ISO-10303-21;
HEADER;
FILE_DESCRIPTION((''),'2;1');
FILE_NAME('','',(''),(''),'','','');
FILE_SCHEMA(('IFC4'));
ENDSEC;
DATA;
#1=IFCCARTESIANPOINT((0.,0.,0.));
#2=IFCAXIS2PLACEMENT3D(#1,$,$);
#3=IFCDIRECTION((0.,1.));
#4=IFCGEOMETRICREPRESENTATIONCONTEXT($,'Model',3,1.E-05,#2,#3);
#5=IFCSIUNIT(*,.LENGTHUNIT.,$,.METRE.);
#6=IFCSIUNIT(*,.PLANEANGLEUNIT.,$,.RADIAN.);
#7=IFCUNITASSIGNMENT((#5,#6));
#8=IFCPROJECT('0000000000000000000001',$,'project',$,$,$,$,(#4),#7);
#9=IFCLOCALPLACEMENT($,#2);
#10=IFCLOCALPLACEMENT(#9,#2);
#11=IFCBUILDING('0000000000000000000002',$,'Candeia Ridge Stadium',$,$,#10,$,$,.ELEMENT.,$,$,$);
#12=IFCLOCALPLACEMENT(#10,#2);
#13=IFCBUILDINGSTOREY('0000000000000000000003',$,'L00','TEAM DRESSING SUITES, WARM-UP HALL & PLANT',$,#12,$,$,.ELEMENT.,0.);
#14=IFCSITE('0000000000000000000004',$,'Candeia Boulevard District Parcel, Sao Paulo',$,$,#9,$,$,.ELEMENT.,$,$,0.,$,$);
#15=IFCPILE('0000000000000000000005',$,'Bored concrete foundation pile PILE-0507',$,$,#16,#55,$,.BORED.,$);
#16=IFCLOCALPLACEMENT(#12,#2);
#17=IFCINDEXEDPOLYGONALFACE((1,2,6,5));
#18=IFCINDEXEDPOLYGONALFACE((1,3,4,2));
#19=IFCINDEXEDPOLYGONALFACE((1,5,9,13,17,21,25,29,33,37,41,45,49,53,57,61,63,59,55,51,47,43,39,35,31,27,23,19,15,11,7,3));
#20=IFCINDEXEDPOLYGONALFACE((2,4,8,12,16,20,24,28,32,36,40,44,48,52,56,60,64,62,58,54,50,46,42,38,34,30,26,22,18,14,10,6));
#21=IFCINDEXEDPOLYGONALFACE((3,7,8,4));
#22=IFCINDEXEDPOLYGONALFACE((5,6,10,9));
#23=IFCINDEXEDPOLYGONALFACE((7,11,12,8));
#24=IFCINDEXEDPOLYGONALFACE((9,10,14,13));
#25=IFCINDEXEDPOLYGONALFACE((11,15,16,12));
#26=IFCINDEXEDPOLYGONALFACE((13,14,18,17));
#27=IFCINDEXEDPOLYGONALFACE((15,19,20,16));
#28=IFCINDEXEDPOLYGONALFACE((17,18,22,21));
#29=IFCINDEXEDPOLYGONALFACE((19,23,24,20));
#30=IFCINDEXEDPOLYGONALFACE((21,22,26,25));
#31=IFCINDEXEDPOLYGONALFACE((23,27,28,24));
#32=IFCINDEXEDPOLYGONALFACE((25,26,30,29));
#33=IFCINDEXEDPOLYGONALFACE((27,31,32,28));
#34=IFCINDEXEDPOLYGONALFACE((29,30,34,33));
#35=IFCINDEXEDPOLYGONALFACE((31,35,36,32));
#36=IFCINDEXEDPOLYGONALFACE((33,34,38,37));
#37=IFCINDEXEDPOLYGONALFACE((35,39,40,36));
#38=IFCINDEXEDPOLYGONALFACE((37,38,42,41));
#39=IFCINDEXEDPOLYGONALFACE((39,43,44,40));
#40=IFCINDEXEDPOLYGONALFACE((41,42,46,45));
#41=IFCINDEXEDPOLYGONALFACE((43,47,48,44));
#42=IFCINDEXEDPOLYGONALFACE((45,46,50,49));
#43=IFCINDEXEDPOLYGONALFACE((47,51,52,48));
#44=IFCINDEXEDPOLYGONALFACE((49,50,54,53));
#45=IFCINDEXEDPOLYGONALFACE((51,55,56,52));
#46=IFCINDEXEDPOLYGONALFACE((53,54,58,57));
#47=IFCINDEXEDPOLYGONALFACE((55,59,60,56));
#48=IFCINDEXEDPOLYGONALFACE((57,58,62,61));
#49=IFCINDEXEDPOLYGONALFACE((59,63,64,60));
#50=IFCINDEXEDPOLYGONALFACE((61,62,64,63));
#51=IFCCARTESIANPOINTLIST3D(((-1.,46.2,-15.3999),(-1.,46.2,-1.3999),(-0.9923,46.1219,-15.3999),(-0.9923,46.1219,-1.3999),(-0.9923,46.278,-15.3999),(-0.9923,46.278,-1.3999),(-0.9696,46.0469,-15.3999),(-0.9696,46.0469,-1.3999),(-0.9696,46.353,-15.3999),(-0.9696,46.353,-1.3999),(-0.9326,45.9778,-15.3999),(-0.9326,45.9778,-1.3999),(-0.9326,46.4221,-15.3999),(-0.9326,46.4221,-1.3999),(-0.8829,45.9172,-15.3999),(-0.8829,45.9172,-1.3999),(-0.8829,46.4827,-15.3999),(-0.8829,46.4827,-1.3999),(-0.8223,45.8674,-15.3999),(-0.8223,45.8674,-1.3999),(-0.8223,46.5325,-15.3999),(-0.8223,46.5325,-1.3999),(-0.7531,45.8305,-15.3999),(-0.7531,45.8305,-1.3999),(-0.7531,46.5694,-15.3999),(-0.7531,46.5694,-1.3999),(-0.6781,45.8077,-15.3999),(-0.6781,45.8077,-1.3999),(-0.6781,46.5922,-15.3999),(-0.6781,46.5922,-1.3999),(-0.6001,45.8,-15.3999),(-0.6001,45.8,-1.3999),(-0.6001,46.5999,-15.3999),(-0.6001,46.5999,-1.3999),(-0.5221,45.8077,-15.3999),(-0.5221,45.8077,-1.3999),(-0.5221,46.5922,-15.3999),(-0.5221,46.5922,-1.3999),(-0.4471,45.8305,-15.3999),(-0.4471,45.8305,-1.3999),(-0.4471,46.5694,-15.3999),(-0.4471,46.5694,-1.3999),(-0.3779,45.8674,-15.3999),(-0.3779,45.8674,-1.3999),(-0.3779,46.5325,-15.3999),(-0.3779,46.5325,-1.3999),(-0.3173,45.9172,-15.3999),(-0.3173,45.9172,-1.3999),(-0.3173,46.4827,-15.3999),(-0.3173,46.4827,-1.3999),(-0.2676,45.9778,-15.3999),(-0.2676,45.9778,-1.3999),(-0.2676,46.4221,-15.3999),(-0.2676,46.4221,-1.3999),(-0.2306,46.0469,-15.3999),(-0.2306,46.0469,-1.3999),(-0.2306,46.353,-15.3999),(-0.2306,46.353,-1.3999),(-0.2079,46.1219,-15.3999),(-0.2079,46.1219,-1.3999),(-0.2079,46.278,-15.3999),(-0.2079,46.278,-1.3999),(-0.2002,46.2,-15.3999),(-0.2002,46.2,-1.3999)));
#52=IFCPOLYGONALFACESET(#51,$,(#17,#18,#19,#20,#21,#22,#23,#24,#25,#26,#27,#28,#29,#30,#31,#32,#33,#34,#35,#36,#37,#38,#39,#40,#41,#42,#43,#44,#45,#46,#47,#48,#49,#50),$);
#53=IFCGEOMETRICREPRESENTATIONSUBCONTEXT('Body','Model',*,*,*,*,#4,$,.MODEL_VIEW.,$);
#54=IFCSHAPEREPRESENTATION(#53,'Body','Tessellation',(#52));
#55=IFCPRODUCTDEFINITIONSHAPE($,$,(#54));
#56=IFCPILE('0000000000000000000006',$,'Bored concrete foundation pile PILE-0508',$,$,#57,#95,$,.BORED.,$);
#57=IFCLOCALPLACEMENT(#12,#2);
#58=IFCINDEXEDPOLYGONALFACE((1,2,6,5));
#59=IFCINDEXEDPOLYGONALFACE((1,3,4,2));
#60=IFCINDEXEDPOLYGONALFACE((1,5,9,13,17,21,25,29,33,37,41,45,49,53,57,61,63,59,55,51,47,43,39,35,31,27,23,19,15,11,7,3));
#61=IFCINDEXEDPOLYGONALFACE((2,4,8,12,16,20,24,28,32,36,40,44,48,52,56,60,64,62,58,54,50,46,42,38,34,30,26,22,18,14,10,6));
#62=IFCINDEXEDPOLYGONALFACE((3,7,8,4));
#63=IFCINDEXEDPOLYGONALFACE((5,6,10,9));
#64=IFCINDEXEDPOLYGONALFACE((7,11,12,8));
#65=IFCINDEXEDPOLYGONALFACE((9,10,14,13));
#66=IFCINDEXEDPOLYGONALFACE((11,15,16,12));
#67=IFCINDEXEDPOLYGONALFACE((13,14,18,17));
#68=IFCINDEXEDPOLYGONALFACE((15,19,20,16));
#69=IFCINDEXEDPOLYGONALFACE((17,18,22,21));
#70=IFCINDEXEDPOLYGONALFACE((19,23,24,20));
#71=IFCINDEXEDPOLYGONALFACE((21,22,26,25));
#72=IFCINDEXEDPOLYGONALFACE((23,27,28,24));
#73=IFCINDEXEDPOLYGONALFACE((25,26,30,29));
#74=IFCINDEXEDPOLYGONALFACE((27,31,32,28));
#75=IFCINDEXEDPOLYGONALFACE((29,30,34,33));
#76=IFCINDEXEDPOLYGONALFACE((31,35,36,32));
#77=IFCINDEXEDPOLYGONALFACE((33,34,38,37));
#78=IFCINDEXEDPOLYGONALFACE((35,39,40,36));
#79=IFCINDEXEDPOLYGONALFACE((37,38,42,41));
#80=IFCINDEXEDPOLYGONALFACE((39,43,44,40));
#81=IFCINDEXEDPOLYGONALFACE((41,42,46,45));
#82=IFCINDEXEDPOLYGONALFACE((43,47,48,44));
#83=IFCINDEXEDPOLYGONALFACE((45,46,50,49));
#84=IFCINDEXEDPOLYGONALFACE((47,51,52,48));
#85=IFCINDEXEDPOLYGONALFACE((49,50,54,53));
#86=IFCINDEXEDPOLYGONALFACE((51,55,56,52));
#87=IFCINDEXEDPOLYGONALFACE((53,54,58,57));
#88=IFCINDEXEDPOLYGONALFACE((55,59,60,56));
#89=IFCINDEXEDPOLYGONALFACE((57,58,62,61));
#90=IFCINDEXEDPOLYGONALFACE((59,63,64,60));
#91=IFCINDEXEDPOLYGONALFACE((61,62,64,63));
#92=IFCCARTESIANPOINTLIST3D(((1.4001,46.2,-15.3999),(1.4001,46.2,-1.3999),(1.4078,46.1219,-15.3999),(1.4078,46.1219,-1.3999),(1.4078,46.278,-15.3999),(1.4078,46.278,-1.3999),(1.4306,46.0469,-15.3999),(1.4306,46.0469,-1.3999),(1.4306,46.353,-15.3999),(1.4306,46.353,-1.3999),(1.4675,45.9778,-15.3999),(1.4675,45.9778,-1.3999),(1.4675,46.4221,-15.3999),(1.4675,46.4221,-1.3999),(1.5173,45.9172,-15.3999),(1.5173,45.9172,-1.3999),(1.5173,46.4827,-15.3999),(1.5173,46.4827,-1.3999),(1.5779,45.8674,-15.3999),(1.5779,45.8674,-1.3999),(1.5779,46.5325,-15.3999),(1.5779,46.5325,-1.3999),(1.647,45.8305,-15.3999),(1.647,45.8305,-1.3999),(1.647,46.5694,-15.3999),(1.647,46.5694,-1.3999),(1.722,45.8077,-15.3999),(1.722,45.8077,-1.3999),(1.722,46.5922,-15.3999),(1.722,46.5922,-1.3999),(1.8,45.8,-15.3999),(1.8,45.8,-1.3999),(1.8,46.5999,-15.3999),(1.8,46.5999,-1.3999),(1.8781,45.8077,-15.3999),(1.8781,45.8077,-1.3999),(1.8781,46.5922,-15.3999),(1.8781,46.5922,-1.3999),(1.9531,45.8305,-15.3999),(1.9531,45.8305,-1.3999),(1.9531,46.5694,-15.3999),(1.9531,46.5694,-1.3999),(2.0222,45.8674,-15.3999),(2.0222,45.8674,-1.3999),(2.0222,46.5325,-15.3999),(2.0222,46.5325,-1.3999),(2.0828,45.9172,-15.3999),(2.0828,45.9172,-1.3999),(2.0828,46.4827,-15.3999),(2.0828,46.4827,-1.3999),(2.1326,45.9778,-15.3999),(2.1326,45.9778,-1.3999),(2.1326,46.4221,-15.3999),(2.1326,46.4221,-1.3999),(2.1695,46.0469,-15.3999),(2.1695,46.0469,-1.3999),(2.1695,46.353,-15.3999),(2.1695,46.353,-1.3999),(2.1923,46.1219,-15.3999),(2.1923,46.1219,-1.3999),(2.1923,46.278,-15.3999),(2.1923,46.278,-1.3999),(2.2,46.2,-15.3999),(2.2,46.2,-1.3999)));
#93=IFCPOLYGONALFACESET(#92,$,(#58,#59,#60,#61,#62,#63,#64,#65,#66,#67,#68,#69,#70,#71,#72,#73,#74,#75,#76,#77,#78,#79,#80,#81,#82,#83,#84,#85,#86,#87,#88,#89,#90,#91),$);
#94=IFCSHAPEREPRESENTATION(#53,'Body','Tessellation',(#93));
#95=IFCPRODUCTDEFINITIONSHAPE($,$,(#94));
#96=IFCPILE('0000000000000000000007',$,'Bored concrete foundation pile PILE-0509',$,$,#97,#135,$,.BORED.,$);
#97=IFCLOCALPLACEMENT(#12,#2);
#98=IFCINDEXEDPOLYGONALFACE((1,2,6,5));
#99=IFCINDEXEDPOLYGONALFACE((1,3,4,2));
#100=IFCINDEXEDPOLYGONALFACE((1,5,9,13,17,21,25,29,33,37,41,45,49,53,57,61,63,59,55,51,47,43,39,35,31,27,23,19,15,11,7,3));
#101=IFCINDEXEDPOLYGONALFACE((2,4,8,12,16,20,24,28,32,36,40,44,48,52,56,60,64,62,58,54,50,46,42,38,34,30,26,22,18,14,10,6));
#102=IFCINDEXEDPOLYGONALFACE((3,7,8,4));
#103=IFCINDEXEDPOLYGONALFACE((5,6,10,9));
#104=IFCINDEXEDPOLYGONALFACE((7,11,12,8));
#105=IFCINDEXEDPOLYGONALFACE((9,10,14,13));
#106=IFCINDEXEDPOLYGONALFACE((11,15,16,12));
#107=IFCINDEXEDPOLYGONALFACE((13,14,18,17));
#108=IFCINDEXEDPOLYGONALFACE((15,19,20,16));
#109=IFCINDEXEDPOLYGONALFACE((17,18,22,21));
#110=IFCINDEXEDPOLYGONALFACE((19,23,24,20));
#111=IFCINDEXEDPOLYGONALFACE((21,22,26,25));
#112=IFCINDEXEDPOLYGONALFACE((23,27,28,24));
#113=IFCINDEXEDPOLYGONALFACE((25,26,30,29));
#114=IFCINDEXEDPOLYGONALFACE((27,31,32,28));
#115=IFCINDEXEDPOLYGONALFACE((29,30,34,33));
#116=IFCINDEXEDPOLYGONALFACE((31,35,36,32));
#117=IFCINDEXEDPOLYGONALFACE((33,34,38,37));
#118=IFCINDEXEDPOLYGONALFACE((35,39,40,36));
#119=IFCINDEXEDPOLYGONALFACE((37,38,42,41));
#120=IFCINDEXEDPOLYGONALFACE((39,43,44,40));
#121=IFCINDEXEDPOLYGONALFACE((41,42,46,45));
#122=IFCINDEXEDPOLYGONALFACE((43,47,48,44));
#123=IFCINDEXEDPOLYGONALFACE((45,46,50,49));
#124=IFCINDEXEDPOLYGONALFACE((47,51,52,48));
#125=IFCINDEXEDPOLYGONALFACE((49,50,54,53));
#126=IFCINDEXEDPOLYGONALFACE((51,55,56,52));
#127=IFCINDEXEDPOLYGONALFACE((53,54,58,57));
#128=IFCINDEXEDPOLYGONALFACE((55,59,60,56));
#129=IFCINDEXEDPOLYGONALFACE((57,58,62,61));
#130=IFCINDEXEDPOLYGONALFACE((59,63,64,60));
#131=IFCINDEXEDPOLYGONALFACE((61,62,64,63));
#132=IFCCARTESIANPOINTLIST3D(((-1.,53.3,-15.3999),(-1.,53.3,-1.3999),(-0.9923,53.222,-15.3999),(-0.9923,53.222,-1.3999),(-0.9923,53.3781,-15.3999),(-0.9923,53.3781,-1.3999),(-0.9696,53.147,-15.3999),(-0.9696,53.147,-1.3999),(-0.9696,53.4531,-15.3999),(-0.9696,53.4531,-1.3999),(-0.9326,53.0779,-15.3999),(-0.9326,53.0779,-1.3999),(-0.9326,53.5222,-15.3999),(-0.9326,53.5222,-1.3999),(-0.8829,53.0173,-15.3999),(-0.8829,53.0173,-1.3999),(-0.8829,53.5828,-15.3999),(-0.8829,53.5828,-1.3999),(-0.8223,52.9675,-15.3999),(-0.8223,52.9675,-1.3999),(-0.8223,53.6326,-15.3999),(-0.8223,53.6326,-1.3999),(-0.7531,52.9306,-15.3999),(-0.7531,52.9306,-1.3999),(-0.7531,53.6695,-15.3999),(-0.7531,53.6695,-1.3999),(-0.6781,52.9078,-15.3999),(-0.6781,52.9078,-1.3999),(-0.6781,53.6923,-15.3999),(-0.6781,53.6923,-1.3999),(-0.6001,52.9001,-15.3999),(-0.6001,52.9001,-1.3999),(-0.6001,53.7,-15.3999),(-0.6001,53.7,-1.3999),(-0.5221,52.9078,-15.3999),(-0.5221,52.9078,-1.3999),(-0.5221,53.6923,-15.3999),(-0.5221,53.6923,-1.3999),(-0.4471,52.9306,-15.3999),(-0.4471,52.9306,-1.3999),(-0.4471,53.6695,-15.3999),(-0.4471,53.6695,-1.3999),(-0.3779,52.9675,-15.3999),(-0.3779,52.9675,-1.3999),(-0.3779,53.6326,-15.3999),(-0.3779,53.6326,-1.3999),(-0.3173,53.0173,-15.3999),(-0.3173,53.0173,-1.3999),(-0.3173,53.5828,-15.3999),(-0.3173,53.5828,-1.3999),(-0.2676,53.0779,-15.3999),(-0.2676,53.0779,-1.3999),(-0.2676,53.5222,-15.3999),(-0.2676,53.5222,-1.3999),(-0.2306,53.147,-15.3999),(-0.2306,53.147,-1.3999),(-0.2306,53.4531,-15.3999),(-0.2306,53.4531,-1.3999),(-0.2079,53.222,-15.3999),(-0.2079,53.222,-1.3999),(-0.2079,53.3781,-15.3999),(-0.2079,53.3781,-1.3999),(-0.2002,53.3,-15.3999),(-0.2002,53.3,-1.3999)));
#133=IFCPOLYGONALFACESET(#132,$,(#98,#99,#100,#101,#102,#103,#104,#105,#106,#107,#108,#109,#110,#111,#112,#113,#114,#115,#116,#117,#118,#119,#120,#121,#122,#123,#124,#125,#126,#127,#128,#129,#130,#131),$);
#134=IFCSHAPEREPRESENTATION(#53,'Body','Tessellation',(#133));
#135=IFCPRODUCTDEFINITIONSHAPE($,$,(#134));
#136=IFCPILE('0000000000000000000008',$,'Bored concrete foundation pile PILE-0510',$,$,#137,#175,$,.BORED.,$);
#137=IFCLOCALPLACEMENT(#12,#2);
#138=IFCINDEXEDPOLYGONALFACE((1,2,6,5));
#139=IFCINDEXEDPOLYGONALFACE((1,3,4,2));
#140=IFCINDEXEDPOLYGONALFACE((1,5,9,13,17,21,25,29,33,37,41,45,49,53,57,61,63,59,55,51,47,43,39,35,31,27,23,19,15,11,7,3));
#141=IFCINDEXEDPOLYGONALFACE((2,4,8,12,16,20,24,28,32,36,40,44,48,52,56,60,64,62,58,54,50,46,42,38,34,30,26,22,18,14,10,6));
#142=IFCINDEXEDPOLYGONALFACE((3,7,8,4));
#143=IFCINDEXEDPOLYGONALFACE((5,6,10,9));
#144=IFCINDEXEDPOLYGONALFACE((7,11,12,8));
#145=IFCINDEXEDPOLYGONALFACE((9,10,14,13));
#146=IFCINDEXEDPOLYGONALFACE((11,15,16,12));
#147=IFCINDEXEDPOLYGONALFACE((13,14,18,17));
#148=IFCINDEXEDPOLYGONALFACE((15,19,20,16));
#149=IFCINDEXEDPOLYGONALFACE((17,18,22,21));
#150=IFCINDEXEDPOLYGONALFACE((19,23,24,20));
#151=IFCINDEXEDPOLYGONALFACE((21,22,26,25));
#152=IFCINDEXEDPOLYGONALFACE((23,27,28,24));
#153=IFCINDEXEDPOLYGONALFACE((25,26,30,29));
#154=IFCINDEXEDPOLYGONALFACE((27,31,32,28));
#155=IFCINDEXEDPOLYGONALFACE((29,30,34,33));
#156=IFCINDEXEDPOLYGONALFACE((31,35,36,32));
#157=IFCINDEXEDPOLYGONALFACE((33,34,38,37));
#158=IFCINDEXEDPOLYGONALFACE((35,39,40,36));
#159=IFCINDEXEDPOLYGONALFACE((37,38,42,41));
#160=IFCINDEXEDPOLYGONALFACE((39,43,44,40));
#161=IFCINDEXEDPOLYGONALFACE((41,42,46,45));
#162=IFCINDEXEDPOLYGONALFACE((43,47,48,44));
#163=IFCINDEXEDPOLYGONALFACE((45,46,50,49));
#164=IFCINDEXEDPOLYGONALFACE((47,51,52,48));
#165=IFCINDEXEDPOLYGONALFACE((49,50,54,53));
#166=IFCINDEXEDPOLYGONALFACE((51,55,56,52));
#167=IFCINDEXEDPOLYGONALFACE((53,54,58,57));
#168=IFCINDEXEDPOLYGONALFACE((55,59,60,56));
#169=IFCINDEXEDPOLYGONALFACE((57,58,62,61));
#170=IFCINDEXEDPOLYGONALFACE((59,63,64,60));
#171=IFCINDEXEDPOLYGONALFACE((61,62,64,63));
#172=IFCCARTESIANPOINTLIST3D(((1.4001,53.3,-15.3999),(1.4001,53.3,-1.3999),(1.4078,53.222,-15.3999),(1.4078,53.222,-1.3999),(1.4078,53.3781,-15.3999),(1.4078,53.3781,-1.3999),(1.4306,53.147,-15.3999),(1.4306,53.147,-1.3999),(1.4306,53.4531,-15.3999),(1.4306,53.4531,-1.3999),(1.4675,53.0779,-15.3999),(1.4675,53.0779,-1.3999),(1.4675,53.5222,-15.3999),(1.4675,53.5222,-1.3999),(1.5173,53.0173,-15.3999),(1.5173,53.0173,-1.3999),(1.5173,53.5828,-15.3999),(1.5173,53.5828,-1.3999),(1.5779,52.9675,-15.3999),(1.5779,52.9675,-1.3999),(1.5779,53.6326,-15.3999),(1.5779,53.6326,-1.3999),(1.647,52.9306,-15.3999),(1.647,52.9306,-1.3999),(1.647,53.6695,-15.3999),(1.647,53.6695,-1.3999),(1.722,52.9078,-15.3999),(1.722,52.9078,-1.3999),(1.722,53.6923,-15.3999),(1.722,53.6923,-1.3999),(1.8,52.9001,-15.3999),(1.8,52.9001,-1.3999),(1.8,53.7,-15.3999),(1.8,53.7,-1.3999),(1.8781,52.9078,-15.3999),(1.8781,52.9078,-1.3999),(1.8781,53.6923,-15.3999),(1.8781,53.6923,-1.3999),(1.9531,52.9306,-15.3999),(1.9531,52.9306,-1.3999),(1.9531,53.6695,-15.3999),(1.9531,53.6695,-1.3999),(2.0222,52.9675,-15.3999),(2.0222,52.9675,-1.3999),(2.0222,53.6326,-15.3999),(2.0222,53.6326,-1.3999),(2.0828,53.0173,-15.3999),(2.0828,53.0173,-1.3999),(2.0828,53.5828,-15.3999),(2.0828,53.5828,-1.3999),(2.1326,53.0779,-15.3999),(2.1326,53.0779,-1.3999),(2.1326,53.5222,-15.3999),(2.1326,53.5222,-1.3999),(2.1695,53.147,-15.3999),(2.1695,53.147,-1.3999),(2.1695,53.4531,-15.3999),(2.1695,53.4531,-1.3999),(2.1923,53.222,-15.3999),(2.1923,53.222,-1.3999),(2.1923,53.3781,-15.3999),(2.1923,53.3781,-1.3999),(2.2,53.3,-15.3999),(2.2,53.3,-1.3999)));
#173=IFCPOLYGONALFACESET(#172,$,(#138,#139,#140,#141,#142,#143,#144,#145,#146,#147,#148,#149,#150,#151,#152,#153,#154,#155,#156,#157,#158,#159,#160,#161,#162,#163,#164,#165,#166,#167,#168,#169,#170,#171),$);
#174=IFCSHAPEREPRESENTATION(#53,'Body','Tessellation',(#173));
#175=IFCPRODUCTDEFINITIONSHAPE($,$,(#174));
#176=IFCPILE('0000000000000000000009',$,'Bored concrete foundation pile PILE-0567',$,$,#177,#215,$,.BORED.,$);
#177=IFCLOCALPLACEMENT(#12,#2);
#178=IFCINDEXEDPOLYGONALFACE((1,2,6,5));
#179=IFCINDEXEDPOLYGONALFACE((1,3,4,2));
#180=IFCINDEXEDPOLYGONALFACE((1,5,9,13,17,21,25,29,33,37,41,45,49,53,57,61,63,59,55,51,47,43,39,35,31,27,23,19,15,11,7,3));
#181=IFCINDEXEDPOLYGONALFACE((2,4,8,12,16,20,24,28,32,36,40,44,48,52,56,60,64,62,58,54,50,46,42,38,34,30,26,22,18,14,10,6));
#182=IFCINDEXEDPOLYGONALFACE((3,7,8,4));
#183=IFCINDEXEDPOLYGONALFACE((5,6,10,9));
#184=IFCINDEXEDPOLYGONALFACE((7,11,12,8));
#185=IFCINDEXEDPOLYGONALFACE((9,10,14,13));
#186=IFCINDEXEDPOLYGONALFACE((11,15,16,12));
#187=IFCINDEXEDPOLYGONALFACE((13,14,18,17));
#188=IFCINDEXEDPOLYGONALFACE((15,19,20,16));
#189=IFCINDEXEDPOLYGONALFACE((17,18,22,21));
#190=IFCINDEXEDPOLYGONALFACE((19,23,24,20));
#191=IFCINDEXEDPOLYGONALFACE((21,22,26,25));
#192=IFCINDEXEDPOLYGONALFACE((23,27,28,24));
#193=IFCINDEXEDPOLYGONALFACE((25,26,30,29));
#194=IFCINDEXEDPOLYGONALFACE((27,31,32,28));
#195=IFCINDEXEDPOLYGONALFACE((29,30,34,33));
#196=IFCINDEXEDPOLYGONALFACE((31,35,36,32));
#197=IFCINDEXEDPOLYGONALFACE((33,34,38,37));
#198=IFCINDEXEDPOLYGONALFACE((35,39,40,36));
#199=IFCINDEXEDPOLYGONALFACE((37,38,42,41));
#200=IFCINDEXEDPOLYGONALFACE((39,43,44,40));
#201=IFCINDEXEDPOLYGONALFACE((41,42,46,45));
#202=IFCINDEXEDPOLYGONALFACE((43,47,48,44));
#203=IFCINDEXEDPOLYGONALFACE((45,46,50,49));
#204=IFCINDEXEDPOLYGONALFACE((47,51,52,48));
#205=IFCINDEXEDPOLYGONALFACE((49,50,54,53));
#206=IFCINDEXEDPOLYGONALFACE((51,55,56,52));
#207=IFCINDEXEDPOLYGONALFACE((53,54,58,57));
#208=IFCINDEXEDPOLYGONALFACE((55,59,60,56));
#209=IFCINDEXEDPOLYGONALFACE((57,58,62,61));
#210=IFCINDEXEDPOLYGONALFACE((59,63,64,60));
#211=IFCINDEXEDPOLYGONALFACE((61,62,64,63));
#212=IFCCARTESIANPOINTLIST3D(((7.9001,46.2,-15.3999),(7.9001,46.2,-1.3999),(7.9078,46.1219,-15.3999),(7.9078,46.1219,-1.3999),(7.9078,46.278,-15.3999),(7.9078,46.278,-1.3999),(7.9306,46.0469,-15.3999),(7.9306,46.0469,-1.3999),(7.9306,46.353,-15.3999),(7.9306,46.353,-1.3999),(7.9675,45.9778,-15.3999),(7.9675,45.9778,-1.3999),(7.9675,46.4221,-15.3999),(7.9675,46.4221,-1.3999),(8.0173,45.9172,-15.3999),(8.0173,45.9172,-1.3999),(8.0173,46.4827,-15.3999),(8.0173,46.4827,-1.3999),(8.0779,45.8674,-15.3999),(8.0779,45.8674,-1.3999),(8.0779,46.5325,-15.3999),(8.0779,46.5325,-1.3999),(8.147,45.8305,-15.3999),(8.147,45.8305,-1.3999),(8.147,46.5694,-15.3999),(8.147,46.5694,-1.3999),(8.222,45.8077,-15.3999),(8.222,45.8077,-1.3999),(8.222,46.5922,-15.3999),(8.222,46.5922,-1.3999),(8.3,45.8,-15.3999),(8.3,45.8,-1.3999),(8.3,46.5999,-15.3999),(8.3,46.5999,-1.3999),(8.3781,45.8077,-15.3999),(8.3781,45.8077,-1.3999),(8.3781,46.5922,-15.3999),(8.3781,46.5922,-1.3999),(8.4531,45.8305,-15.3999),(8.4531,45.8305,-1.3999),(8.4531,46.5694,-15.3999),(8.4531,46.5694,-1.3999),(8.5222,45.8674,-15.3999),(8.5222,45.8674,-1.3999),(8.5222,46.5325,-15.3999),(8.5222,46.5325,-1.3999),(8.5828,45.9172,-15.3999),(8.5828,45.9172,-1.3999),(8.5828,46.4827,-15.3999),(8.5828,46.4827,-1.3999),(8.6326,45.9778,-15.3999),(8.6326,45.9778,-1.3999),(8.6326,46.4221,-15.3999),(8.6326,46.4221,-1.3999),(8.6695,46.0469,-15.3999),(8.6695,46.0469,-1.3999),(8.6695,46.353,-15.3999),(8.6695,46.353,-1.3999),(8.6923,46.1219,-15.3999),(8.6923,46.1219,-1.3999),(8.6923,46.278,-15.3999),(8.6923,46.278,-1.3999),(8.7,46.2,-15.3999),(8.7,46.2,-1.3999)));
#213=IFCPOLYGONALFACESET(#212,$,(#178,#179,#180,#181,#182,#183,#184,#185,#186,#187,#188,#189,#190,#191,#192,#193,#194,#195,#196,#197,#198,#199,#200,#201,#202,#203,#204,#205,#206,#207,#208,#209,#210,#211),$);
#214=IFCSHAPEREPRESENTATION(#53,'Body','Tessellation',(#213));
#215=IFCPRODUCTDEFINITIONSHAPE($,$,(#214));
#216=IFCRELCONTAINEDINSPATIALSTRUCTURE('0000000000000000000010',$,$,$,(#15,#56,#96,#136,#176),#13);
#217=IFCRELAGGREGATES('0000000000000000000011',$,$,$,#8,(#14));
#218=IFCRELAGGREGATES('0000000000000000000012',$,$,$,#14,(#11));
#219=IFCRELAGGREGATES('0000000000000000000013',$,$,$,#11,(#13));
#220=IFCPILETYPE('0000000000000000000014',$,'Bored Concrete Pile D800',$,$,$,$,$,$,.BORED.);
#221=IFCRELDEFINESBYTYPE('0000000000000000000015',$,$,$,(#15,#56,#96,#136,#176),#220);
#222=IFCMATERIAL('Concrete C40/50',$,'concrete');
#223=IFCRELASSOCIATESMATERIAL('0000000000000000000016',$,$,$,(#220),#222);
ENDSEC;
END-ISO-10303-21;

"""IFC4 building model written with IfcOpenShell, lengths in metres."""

from ifc_helpers import new_model, si_unit, direction, frame, origin, origin_2d, place, context, subcontext, project, spatial, circle, extrude, material, material_profile, profile_set, type_object, element, save


model = new_model("IFC4")

# Units and contexts
model_context = context("Model", 3, precision=1e-05, world=origin(), true_north=direction((0.0, 1.0)))
body_context = subcontext(model_context, "Body", "Model", "MODEL_VIEW")
ifc_project = project(units=[si_unit("LENGTHUNIT", "METRE"), si_unit("PLANEANGLEUNIT", "RADIAN")], contexts=[model_context])

# Site, building, storey
site_placement = place(None, origin())
site = spatial("IfcSite", under=ifc_project, at=site_placement, Name="Candeia Boulevard District Parcel, Sao Paulo", CompositionType="ELEMENT", RefElevation=0.0)
building_placement = place(site_placement, origin())
building = spatial("IfcBuilding", under=site, at=building_placement, Name="Candeia Ridge Stadium", CompositionType="ELEMENT")
storey_placement = place(building_placement, origin())
storey = spatial("IfcBuildingStorey", under=building, at=storey_placement, Name="L00", Description="TEAM DRESSING SUITES, WARM-UP HALL & PLANT", CompositionType="ELEMENT", Elevation=0.0)

# Piles
ifc_material_1 = material(Name="Concrete C40/50", Category="concrete")
ifc_material_profile_1 = material_profile(ifc_material_1, circle(Radius=0.3999, at=origin_2d()), Name="PILE-D800", Category="concrete")
ifc_profile_set_1 = profile_set([ifc_material_profile_1], Name="Concrete C40/50")
pile_type = type_object("IfcPileType", Name="Bored Concrete Pile D800", PredefinedType="BORED", material=ifc_profile_set_1)
for number, where, z_axis, x_axis, name in (
    (1, (-0.6001, 46.2, -1.3999), (0.0, 0.0, -1.0), (1.0, 0.0, 0.0), "Bored concrete foundation pile PILE-0507"),
    (2, (1.8, 46.2, -1.3999), (0.0, 0.0, -1.0), (1.0, 0.0, 0.0), "Bored concrete foundation pile PILE-0508"),
    (3, (-0.6001, 53.3, -1.3999), (0.0, 0.0, -1.0), (1.0, 0.0, 0.0), "Bored concrete foundation pile PILE-0509"),
    (4, (1.8, 53.3, -1.3999), (0.0, 0.0, -1.0), (1.0, 0.0, 0.0), "Bored concrete foundation pile PILE-0510"),
    (5, (8.3, 46.2, -1.3999), (0.0, 0.0, -1.0), (1.0, 0.0, 0.0), "Bored concrete foundation pile PILE-0567"),
):
    element("IfcPile", number, at=place(storey_placement, frame(where, z_axis=z_axis, x_axis=x_axis)), inside=storey, type_object=pile_type, Name=name, PredefinedType="BORED", context=body_context, shape_type="SweptSolid", body=[
        extrude(circle(Radius=0.3999, at=origin_2d()), origin(), (0.0, 0.0, 1.0), 14.0),
    ])

save(model, "model.ifc")
